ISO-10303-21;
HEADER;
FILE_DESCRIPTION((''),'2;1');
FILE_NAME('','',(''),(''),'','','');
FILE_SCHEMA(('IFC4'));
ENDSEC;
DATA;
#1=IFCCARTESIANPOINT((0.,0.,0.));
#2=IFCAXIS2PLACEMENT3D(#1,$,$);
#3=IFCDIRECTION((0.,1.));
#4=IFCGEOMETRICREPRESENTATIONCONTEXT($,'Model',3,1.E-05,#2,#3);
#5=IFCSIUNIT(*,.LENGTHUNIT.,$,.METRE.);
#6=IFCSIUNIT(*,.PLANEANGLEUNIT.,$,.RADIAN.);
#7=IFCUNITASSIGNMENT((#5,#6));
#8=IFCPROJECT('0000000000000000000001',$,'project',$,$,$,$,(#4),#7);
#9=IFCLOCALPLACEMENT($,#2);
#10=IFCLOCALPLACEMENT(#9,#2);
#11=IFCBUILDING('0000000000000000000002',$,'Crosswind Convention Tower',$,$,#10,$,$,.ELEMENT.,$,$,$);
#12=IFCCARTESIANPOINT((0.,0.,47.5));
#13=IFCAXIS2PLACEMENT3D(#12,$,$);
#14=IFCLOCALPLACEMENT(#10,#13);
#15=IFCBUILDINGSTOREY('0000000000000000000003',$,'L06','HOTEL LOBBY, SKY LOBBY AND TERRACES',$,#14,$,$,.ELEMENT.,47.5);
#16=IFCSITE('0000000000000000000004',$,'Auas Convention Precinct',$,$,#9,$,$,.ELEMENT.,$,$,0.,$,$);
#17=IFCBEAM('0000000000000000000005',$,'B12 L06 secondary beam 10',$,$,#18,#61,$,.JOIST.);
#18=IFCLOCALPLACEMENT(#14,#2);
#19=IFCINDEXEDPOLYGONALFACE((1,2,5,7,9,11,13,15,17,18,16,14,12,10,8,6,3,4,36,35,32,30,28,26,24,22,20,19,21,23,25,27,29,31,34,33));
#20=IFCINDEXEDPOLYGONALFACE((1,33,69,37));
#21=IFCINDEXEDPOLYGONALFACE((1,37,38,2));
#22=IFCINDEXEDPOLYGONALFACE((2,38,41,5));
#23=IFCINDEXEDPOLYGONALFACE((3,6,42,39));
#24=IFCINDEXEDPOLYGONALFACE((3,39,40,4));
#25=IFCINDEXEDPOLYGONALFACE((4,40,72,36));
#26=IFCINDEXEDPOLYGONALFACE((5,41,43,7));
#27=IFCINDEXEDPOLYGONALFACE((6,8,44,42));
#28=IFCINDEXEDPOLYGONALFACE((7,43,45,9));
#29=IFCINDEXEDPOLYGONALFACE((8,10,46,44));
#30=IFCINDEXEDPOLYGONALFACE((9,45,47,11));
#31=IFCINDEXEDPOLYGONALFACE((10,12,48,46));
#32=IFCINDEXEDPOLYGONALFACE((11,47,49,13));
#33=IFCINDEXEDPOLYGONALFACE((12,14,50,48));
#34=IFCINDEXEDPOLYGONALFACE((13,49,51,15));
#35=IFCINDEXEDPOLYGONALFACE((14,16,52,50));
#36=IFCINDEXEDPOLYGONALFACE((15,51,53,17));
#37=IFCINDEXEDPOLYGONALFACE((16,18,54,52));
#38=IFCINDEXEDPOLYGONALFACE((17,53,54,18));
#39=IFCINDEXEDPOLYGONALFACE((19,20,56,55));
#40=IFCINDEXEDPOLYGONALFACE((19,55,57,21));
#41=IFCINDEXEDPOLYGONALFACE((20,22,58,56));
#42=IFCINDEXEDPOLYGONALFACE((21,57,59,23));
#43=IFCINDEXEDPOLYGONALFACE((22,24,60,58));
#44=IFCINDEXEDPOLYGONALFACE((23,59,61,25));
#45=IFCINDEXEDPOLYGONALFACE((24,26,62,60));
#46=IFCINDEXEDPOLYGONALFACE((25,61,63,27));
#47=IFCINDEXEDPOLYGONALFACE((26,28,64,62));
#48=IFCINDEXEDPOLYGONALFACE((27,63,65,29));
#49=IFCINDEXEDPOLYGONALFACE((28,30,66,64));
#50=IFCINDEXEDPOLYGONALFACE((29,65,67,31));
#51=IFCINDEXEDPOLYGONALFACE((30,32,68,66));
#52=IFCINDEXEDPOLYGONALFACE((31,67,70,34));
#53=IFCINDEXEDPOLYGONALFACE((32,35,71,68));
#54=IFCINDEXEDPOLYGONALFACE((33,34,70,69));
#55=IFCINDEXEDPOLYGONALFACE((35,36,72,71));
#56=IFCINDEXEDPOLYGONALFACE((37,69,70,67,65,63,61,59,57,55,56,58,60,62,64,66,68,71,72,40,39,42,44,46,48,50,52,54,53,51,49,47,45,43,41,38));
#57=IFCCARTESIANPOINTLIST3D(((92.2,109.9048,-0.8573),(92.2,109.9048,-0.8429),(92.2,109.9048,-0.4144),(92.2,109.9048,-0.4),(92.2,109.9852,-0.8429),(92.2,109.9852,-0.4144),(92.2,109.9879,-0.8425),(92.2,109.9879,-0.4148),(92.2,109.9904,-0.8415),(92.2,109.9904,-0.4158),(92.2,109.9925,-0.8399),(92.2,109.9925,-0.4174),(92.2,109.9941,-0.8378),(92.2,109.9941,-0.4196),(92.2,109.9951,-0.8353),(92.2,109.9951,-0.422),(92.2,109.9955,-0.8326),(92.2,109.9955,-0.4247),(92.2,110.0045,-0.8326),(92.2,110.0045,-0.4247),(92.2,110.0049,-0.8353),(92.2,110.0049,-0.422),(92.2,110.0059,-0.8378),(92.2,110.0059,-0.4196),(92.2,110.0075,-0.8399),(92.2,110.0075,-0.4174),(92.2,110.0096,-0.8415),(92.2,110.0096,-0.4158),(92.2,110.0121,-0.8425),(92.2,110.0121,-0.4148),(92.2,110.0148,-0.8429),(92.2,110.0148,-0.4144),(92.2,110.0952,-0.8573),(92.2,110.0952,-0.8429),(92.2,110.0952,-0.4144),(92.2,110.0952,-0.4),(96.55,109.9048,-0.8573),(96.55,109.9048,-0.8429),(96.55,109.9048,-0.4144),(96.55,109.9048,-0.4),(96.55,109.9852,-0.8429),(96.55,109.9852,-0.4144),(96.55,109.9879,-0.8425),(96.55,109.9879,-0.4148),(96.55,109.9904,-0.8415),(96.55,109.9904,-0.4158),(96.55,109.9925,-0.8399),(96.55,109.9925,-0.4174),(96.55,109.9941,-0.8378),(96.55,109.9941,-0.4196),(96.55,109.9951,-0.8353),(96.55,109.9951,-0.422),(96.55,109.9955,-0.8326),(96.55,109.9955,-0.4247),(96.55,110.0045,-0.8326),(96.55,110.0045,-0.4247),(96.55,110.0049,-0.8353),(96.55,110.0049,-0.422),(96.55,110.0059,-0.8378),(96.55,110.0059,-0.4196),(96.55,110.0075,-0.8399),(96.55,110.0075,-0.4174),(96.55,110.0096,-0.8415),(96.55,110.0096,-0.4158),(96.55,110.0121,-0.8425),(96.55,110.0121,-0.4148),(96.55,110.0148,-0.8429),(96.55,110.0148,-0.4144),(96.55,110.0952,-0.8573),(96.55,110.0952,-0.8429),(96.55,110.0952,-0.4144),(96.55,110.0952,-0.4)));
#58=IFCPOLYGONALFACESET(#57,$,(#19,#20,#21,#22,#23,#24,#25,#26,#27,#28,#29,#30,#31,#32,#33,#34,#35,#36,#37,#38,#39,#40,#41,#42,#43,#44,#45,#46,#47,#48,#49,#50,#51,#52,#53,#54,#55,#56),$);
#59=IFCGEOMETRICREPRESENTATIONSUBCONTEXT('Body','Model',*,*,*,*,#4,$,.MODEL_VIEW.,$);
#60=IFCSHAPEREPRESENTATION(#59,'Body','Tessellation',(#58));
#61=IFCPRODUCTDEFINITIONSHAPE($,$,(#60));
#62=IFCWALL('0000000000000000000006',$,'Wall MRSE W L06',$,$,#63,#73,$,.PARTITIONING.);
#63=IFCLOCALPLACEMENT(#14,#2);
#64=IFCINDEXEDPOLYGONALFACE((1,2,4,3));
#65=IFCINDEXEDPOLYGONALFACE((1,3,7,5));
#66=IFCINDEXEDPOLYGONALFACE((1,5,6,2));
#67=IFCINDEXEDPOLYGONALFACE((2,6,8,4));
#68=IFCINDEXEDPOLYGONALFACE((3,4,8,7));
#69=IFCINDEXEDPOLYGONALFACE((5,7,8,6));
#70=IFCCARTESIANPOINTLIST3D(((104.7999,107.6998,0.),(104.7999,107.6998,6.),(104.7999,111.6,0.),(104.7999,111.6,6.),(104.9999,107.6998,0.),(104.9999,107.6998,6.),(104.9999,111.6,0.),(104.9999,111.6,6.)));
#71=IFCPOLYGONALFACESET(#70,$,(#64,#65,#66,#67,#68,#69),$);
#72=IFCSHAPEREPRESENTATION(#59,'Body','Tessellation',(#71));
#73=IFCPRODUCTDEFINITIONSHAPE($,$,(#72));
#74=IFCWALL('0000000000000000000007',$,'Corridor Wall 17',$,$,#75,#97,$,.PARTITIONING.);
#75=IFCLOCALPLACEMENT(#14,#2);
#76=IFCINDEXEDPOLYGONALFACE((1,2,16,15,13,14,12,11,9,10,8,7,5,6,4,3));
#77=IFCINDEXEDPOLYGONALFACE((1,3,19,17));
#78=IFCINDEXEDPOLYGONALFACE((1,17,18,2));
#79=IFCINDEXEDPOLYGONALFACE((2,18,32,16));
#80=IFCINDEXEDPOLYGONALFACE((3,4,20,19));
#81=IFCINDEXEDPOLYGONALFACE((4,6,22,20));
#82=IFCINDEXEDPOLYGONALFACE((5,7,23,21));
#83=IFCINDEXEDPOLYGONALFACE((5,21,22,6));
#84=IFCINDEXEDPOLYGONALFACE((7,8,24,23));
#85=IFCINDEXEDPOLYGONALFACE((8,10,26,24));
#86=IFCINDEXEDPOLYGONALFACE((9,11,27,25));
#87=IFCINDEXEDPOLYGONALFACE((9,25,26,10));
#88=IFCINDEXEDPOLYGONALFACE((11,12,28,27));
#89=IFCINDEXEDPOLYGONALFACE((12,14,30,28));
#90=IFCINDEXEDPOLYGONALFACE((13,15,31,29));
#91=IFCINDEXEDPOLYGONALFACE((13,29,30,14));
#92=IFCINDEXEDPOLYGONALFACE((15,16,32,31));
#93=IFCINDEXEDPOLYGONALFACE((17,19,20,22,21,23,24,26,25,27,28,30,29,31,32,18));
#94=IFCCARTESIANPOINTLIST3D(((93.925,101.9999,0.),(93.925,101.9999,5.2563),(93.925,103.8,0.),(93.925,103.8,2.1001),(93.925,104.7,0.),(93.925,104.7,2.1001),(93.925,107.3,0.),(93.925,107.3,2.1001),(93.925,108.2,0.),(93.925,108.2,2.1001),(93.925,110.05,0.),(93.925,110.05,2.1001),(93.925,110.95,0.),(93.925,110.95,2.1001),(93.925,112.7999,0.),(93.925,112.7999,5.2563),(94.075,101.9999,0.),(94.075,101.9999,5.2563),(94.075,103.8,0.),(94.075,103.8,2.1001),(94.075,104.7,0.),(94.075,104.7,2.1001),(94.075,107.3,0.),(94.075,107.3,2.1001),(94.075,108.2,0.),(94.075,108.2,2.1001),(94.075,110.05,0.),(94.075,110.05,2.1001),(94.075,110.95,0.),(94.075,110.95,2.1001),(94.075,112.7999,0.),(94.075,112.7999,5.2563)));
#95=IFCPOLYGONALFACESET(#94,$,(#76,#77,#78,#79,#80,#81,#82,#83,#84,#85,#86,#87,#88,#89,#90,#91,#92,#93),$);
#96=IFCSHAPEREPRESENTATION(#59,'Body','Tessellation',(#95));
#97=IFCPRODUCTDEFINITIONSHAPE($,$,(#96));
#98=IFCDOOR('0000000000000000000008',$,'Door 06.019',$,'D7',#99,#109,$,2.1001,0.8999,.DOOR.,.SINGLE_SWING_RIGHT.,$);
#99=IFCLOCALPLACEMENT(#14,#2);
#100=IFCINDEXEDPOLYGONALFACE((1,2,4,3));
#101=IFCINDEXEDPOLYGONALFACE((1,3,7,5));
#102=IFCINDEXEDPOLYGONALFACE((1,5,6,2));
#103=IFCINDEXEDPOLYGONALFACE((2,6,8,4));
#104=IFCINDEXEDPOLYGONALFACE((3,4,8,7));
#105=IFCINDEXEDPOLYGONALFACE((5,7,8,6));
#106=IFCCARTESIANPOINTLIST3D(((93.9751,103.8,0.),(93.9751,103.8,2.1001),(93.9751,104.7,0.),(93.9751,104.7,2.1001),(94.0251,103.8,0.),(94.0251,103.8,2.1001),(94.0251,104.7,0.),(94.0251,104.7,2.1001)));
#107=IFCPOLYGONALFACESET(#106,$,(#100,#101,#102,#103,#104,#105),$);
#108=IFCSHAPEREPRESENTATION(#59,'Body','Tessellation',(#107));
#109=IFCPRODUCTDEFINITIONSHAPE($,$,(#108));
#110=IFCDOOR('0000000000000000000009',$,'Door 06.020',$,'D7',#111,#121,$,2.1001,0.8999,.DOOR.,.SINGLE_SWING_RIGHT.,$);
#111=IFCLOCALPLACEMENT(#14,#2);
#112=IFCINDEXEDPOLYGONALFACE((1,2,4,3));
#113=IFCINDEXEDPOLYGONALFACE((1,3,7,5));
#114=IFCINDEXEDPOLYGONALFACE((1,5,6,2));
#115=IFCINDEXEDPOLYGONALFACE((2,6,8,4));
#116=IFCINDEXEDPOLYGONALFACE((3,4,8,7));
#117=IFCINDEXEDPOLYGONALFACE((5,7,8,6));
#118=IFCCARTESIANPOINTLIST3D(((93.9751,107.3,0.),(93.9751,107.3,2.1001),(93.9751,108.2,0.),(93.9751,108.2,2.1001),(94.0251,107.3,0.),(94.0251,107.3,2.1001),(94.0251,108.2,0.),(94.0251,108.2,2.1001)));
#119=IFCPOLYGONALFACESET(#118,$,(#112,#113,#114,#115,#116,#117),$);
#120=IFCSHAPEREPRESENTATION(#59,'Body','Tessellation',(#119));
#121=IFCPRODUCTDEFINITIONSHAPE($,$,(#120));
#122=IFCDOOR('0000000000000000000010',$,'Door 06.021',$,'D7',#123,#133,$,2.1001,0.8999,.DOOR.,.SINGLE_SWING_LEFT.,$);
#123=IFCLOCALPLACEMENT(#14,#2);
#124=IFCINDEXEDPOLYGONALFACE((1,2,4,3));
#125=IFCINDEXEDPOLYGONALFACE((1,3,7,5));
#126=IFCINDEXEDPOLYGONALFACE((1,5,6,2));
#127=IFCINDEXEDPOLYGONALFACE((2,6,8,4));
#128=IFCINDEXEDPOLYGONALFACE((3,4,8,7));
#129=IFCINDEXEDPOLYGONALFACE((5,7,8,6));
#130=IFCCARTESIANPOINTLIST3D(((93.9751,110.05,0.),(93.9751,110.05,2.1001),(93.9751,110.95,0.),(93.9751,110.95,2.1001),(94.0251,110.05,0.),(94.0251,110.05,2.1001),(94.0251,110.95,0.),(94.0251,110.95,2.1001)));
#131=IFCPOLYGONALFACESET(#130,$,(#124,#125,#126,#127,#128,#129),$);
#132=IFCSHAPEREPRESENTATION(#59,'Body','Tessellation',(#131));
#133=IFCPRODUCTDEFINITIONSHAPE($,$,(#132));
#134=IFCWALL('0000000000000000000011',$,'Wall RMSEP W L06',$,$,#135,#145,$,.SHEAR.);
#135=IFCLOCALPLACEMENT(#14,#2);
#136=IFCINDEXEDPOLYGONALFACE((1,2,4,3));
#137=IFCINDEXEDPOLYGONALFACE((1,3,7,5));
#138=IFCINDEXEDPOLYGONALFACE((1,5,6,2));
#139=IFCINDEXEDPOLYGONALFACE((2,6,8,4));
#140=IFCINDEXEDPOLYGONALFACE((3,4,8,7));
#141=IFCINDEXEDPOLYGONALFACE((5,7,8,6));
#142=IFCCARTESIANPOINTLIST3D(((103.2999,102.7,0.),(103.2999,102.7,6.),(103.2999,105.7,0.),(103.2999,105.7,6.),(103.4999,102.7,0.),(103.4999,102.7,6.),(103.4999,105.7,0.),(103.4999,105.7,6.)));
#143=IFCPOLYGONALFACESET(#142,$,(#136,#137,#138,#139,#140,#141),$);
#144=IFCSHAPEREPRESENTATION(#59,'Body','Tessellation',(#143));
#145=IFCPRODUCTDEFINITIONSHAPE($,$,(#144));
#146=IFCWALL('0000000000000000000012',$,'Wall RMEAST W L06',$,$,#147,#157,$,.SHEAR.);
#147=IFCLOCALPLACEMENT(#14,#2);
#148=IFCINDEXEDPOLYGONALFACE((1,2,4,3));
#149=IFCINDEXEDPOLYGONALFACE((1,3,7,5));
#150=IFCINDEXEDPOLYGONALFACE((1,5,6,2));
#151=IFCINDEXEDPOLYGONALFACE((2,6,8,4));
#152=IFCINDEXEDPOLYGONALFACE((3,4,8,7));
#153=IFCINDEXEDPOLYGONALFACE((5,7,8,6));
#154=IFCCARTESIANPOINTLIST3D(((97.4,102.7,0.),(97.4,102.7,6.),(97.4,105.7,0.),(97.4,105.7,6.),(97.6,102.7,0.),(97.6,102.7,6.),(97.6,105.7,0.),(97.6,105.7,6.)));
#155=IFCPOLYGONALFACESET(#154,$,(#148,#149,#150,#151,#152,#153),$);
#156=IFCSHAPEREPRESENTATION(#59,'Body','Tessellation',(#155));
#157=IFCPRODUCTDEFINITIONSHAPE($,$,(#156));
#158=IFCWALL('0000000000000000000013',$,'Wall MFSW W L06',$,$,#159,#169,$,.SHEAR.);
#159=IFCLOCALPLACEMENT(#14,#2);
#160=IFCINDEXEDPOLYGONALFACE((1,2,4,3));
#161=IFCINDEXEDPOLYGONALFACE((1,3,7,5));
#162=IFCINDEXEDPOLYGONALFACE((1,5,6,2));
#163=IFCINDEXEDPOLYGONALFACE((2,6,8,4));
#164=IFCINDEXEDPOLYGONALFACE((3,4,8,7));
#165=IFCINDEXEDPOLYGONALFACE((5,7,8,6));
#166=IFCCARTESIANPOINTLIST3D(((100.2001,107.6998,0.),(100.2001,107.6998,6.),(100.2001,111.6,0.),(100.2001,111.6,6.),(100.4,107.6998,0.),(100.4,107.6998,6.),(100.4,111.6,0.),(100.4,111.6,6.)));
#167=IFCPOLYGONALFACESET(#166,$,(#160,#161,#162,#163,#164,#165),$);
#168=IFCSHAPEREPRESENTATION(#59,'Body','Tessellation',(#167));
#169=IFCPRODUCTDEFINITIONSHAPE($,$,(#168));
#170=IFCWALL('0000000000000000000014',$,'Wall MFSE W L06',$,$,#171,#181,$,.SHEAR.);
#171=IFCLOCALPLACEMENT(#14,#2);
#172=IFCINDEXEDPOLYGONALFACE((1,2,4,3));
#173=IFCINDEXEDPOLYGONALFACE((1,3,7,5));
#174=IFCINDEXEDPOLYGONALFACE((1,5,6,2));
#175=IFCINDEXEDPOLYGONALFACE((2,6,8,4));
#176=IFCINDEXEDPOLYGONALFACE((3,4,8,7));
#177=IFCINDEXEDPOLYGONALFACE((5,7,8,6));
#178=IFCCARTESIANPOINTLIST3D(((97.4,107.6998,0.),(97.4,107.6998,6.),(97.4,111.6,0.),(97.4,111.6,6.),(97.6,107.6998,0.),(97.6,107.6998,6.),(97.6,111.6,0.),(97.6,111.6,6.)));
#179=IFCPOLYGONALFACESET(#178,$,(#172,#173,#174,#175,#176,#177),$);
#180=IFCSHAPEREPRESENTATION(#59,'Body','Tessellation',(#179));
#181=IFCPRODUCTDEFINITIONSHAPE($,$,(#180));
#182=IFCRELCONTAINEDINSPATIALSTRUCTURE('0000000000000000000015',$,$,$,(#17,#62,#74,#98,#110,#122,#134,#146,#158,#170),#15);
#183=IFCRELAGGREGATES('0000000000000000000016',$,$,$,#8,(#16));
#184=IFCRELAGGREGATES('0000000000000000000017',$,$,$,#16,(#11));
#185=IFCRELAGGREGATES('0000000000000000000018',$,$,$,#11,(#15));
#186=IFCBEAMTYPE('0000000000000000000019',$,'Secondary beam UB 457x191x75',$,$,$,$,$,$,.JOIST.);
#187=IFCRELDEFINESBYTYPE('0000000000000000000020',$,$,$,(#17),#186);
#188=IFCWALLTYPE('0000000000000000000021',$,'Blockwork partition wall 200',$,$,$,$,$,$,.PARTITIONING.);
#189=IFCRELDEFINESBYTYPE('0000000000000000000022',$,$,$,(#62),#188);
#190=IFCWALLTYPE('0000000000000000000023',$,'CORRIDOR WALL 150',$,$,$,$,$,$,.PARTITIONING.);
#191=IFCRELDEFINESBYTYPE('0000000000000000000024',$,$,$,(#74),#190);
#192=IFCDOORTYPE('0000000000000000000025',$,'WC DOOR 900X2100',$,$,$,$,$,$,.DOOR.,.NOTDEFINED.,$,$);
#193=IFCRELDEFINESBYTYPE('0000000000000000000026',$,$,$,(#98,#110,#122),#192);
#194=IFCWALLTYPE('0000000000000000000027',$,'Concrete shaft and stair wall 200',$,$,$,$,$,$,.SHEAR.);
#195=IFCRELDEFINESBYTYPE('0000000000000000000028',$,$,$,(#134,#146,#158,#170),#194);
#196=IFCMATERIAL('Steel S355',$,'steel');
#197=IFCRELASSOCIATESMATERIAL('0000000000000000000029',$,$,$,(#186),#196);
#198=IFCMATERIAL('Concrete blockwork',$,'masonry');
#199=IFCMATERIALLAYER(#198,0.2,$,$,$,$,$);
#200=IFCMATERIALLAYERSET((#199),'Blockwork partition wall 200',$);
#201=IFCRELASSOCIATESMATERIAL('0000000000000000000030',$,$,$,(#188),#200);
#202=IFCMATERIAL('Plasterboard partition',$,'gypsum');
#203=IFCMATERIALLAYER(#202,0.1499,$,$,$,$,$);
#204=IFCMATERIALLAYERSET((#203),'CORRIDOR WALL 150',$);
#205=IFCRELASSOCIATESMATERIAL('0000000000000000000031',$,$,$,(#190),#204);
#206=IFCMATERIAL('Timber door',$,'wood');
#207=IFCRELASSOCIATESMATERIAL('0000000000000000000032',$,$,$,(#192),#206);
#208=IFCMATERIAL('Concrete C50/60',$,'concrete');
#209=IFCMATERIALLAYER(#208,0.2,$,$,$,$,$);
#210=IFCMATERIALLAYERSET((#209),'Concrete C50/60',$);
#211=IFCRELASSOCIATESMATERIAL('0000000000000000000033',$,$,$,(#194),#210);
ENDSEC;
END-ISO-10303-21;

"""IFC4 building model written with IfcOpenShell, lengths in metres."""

from ifc_helpers import new_model, si_unit, direction, frame, frame_2d, origin, origin_2d, place, context, subcontext, project, spatial, rectangle, i_section, extrude, material, layer, layer_set, material_profile, profile_set, type_object, element, fill, save


model = new_model("IFC4")

# Units and contexts
model_context = context("Model", 3, precision=1e-05, world=origin(), true_north=direction((0.0, 1.0)))
body_context = subcontext(model_context, "Body", "Model", "MODEL_VIEW")
ifc_project = project(units=[si_unit("LENGTHUNIT", "METRE"), si_unit("PLANEANGLEUNIT", "RADIAN")], contexts=[model_context])

# Site, building, storey
site_placement = place(None, origin())
site = spatial("IfcSite", under=ifc_project, at=site_placement, Name="Auas Convention Precinct", CompositionType="ELEMENT", RefElevation=0.0)
building_placement = place(site_placement, origin())
building = spatial("IfcBuilding", under=site, at=building_placement, Name="Crosswind Convention Tower", CompositionType="ELEMENT")
storey_placement = place(building_placement, frame((0.0, 0.0, 47.5)))
storey = spatial("IfcBuildingStorey", under=building, at=storey_placement, Name="L06", Description="HOTEL LOBBY, SKY LOBBY AND TERRACES", CompositionType="ELEMENT", Elevation=47.5)

# Beam
ifc_material_1 = material(Name="Steel S355", Category="steel")
ifc_material_profile_1 = material_profile(ifc_material_1, i_section(OverallWidth=0.1904, OverallDepth=0.4573, WebThickness=0.009, FlangeThickness=0.0144, FilletRadius=0.0103, at=origin_2d()), Name="UB 457x191x75")
ifc_profile_set_1 = profile_set([ifc_material_profile_1], Name="Steel S355")
beam_type_1 = type_object("IfcBeamType", Name="Secondary beam UB 457x191x75", PredefinedType="JOIST", material=ifc_profile_set_1)
beam_1_placement = place(storey_placement, frame((92.2, 110.0, -0.6287), z_axis=(1.0, 0.0, 0.0), x_axis=(0.0, 1.0, 0.0)))
element("IfcBeam", 1, at=beam_1_placement, inside=storey, type_object=beam_type_1, Name="B12 L06 secondary beam 10", PredefinedType="JOIST", context=body_context, shape_type="SweptSolid", body=[
    extrude(i_section(OverallWidth=0.1904, OverallDepth=0.4573, WebThickness=0.009, FlangeThickness=0.0144, FilletRadius=0.0103, at=origin_2d()), origin(), (0.0, 0.0, 1.0), 4.3501),
])

# Wall
ifc_material_2 = material(Name="Concrete blockwork", Category="masonry")
ifc_layer_1 = layer(ifc_material_2, 0.2)
ifc_layer_set_1 = layer_set([ifc_layer_1], Name="Blockwork partition wall 200")
wall_type_1 = type_object("IfcWallType", Name="Blockwork partition wall 200", PredefinedType="PARTITIONING", material=ifc_layer_set_1)
wall_1_placement = place(storey_placement, frame((104.8999, 111.6001, 0.0), z_axis=(0.0, 0.0, 1.0), x_axis=(0.0, -1.0, 0.0)))
element("IfcWall", 2, at=wall_1_placement, inside=storey, type_object=wall_type_1, Name="Wall MRSE W L06", PredefinedType="PARTITIONING", context=body_context, shape_type="SweptSolid", body=[
    extrude(rectangle(XDim=3.9001, YDim=0.2, at=frame_2d((1.9502, 0.0))), origin(), (0.0, 0.0, 1.0), 6.0),
])

# Wall, openings, doors
ifc_material_3 = material(Name="Plasterboard partition", Category="gypsum")
ifc_layer_2 = layer(ifc_material_3, 0.1499)
ifc_layer_set_2 = layer_set([ifc_layer_2], Name="CORRIDOR WALL 150")
wall_type_2 = type_object("IfcWallType", Name="CORRIDOR WALL 150", PredefinedType="PARTITIONING", material=ifc_layer_set_2)
wall_2_placement = place(storey_placement, frame((94.0, 102.0, 0.0), z_axis=(0.0, 0.0, 1.0), x_axis=(0.0, 1.0, 0.0)))
wall_2 = element("IfcWall", 3, at=wall_2_placement, inside=storey, type_object=wall_type_2, Name="Corridor Wall 17", PredefinedType="PARTITIONING", context=body_context, shape_type="SweptSolid", body=[
    extrude(rectangle(XDim=10.8, YDim=0.1499, at=frame_2d((5.3999, 0.0))), origin(), (0.0, 0.0, 1.0), 5.2563),
])
opening_1_placement = place(wall_2_placement, frame((1.8, 0.0, 0.0)))
opening_1 = element("IfcOpeningElement", 4, at=opening_1_placement, cuts=wall_2, PredefinedType="OPENING", context=body_context, shape_type="SweptSolid", body=[
    extrude(rectangle(XDim=0.8999, YDim=2.1001, at=frame_2d((0.45, 1.05))), frame((0.0, 0.085, 0.0), z_axis=(0.0, -1.0, 0.0), x_axis=(1.0, 0.0, 0.0)), (0.0, 0.0, 1.0), 0.1699),
])
opening_2_placement = place(wall_2_placement, frame((5.3, 0.0, 0.0)))
opening_2 = element("IfcOpeningElement", 5, at=opening_2_placement, cuts=wall_2, PredefinedType="OPENING", context=body_context, shape_type="SweptSolid", body=[
    extrude(rectangle(XDim=0.8999, YDim=2.1001, at=frame_2d((0.45, 1.05))), frame((0.0, 0.085, 0.0), z_axis=(0.0, -1.0, 0.0), x_axis=(1.0, 0.0, 0.0)), (0.0, 0.0, 1.0), 0.1699),
])
opening_3_placement = place(wall_2_placement, frame((8.05, 0.0, 0.0)))
opening_3 = element("IfcOpeningElement", 6, at=opening_3_placement, cuts=wall_2, PredefinedType="OPENING", context=body_context, shape_type="SweptSolid", body=[
    extrude(rectangle(XDim=0.8999, YDim=2.1001, at=frame_2d((0.45, 1.05))), frame((0.0, 0.085, 0.0), z_axis=(0.0, -1.0, 0.0), x_axis=(1.0, 0.0, 0.0)), (0.0, 0.0, 1.0), 0.1699),
])
ifc_material_4 = material(Name="Timber door", Category="wood")
door_type_1 = type_object("IfcDoorType", Name="WC DOOR 900X2100", OperationType="NOTDEFINED", PredefinedType="DOOR", material=ifc_material_4)
door_1_placement = place(opening_1_placement, origin())
door_1 = element("IfcDoor", 7, at=door_1_placement, inside=storey, type_object=door_type_1, Name="Door 06.019", ObjectType="D7", OperationType="SINGLE_SWING_RIGHT", OverallHeight=2.1001, OverallWidth=0.8999, PredefinedType="DOOR", context=body_context, shape_type="SweptSolid", body=[
    extrude(rectangle(XDim=0.8999, YDim=2.1001, at=frame_2d((0.45, 1.05))), frame((0.0, 0.0249, 0.0), z_axis=(0.0, -1.0, 0.0), x_axis=(1.0, 0.0, 0.0)), (0.0, 0.0, 1.0), 0.05),
])
fill(opening_1, door_1)
door_2_placement = place(opening_2_placement, origin())
door_2 = element("IfcDoor", 8, at=door_2_placement, inside=storey, type_object=door_type_1, Name="Door 06.020", ObjectType="D7", OperationType="SINGLE_SWING_RIGHT", OverallHeight=2.1001, OverallWidth=0.8999, PredefinedType="DOOR", context=body_context, shape_type="SweptSolid", body=[
    extrude(rectangle(XDim=0.8999, YDim=2.1001, at=frame_2d((0.45, 1.05))), frame((0.0, 0.0249, 0.0), z_axis=(0.0, -1.0, 0.0), x_axis=(1.0, 0.0, 0.0)), (0.0, 0.0, 1.0), 0.05),
])
fill(opening_2, door_2)
door_3_placement = place(opening_3_placement, origin())
door_3 = element("IfcDoor", 9, at=door_3_placement, inside=storey, type_object=door_type_1, Name="Door 06.021", ObjectType="D7", OperationType="SINGLE_SWING_LEFT", OverallHeight=2.1001, OverallWidth=0.8999, PredefinedType="DOOR", context=body_context, shape_type="SweptSolid", body=[
    extrude(rectangle(XDim=0.8999, YDim=2.1001, at=frame_2d((0.45, 1.05))), frame((0.0, 0.0249, 0.0), z_axis=(0.0, -1.0, 0.0), x_axis=(1.0, 0.0, 0.0)), (0.0, 0.0, 1.0), 0.05),
])
fill(opening_3, door_3)

# Walls
ifc_material_5 = material(Name="Concrete C50/60", Category="concrete")
ifc_layer_3 = layer(ifc_material_5, 0.2)
ifc_layer_set_3 = layer_set([ifc_layer_3], Name="Concrete C50/60")
wall_type_3 = type_object("IfcWallType", Name="Concrete shaft and stair wall 200", PredefinedType="SHEAR", material=ifc_layer_set_3)
for number, where, z_axis, x_axis, name in (
    (10, (103.3999, 105.7, 0.0), (0.0, 0.0, 1.0), (0.0, -1.0, 0.0), "Wall RMSEP W L06"),
    (11, (97.5, 105.7, 0.0), (0.0, 0.0, 1.0), (0.0, -1.0, 0.0), "Wall RMEAST W L06"),
):
    element("IfcWall", number, at=place(storey_placement, frame(where, z_axis=z_axis, x_axis=x_axis)), inside=storey, type_object=wall_type_3, Name=name, PredefinedType="SHEAR", context=body_context, shape_type="SweptSolid", body=[
        extrude(rectangle(XDim=3.0, YDim=0.2, at=frame_2d((1.5, 0.0))), origin(), (0.0, 0.0, 1.0), 6.0),
    ])
for number, where, z_axis, x_axis, name in (
    (12, (100.3, 111.6001, 0.0), (0.0, 0.0, 1.0), (0.0, -1.0, 0.0), "Wall MFSW W L06"),
    (13, (97.5, 111.6001, 0.0), (0.0, 0.0, 1.0), (0.0, -1.0, 0.0), "Wall MFSE W L06"),
):
    element("IfcWall", number, at=place(storey_placement, frame(where, z_axis=z_axis, x_axis=x_axis)), inside=storey, type_object=wall_type_3, Name=name, PredefinedType="SHEAR", context=body_context, shape_type="SweptSolid", body=[
        extrude(rectangle(XDim=3.9001, YDim=0.2, at=frame_2d((1.9502, 0.0))), origin(), (0.0, 0.0, 1.0), 6.0),
    ])

save(model, "model.ifc")
